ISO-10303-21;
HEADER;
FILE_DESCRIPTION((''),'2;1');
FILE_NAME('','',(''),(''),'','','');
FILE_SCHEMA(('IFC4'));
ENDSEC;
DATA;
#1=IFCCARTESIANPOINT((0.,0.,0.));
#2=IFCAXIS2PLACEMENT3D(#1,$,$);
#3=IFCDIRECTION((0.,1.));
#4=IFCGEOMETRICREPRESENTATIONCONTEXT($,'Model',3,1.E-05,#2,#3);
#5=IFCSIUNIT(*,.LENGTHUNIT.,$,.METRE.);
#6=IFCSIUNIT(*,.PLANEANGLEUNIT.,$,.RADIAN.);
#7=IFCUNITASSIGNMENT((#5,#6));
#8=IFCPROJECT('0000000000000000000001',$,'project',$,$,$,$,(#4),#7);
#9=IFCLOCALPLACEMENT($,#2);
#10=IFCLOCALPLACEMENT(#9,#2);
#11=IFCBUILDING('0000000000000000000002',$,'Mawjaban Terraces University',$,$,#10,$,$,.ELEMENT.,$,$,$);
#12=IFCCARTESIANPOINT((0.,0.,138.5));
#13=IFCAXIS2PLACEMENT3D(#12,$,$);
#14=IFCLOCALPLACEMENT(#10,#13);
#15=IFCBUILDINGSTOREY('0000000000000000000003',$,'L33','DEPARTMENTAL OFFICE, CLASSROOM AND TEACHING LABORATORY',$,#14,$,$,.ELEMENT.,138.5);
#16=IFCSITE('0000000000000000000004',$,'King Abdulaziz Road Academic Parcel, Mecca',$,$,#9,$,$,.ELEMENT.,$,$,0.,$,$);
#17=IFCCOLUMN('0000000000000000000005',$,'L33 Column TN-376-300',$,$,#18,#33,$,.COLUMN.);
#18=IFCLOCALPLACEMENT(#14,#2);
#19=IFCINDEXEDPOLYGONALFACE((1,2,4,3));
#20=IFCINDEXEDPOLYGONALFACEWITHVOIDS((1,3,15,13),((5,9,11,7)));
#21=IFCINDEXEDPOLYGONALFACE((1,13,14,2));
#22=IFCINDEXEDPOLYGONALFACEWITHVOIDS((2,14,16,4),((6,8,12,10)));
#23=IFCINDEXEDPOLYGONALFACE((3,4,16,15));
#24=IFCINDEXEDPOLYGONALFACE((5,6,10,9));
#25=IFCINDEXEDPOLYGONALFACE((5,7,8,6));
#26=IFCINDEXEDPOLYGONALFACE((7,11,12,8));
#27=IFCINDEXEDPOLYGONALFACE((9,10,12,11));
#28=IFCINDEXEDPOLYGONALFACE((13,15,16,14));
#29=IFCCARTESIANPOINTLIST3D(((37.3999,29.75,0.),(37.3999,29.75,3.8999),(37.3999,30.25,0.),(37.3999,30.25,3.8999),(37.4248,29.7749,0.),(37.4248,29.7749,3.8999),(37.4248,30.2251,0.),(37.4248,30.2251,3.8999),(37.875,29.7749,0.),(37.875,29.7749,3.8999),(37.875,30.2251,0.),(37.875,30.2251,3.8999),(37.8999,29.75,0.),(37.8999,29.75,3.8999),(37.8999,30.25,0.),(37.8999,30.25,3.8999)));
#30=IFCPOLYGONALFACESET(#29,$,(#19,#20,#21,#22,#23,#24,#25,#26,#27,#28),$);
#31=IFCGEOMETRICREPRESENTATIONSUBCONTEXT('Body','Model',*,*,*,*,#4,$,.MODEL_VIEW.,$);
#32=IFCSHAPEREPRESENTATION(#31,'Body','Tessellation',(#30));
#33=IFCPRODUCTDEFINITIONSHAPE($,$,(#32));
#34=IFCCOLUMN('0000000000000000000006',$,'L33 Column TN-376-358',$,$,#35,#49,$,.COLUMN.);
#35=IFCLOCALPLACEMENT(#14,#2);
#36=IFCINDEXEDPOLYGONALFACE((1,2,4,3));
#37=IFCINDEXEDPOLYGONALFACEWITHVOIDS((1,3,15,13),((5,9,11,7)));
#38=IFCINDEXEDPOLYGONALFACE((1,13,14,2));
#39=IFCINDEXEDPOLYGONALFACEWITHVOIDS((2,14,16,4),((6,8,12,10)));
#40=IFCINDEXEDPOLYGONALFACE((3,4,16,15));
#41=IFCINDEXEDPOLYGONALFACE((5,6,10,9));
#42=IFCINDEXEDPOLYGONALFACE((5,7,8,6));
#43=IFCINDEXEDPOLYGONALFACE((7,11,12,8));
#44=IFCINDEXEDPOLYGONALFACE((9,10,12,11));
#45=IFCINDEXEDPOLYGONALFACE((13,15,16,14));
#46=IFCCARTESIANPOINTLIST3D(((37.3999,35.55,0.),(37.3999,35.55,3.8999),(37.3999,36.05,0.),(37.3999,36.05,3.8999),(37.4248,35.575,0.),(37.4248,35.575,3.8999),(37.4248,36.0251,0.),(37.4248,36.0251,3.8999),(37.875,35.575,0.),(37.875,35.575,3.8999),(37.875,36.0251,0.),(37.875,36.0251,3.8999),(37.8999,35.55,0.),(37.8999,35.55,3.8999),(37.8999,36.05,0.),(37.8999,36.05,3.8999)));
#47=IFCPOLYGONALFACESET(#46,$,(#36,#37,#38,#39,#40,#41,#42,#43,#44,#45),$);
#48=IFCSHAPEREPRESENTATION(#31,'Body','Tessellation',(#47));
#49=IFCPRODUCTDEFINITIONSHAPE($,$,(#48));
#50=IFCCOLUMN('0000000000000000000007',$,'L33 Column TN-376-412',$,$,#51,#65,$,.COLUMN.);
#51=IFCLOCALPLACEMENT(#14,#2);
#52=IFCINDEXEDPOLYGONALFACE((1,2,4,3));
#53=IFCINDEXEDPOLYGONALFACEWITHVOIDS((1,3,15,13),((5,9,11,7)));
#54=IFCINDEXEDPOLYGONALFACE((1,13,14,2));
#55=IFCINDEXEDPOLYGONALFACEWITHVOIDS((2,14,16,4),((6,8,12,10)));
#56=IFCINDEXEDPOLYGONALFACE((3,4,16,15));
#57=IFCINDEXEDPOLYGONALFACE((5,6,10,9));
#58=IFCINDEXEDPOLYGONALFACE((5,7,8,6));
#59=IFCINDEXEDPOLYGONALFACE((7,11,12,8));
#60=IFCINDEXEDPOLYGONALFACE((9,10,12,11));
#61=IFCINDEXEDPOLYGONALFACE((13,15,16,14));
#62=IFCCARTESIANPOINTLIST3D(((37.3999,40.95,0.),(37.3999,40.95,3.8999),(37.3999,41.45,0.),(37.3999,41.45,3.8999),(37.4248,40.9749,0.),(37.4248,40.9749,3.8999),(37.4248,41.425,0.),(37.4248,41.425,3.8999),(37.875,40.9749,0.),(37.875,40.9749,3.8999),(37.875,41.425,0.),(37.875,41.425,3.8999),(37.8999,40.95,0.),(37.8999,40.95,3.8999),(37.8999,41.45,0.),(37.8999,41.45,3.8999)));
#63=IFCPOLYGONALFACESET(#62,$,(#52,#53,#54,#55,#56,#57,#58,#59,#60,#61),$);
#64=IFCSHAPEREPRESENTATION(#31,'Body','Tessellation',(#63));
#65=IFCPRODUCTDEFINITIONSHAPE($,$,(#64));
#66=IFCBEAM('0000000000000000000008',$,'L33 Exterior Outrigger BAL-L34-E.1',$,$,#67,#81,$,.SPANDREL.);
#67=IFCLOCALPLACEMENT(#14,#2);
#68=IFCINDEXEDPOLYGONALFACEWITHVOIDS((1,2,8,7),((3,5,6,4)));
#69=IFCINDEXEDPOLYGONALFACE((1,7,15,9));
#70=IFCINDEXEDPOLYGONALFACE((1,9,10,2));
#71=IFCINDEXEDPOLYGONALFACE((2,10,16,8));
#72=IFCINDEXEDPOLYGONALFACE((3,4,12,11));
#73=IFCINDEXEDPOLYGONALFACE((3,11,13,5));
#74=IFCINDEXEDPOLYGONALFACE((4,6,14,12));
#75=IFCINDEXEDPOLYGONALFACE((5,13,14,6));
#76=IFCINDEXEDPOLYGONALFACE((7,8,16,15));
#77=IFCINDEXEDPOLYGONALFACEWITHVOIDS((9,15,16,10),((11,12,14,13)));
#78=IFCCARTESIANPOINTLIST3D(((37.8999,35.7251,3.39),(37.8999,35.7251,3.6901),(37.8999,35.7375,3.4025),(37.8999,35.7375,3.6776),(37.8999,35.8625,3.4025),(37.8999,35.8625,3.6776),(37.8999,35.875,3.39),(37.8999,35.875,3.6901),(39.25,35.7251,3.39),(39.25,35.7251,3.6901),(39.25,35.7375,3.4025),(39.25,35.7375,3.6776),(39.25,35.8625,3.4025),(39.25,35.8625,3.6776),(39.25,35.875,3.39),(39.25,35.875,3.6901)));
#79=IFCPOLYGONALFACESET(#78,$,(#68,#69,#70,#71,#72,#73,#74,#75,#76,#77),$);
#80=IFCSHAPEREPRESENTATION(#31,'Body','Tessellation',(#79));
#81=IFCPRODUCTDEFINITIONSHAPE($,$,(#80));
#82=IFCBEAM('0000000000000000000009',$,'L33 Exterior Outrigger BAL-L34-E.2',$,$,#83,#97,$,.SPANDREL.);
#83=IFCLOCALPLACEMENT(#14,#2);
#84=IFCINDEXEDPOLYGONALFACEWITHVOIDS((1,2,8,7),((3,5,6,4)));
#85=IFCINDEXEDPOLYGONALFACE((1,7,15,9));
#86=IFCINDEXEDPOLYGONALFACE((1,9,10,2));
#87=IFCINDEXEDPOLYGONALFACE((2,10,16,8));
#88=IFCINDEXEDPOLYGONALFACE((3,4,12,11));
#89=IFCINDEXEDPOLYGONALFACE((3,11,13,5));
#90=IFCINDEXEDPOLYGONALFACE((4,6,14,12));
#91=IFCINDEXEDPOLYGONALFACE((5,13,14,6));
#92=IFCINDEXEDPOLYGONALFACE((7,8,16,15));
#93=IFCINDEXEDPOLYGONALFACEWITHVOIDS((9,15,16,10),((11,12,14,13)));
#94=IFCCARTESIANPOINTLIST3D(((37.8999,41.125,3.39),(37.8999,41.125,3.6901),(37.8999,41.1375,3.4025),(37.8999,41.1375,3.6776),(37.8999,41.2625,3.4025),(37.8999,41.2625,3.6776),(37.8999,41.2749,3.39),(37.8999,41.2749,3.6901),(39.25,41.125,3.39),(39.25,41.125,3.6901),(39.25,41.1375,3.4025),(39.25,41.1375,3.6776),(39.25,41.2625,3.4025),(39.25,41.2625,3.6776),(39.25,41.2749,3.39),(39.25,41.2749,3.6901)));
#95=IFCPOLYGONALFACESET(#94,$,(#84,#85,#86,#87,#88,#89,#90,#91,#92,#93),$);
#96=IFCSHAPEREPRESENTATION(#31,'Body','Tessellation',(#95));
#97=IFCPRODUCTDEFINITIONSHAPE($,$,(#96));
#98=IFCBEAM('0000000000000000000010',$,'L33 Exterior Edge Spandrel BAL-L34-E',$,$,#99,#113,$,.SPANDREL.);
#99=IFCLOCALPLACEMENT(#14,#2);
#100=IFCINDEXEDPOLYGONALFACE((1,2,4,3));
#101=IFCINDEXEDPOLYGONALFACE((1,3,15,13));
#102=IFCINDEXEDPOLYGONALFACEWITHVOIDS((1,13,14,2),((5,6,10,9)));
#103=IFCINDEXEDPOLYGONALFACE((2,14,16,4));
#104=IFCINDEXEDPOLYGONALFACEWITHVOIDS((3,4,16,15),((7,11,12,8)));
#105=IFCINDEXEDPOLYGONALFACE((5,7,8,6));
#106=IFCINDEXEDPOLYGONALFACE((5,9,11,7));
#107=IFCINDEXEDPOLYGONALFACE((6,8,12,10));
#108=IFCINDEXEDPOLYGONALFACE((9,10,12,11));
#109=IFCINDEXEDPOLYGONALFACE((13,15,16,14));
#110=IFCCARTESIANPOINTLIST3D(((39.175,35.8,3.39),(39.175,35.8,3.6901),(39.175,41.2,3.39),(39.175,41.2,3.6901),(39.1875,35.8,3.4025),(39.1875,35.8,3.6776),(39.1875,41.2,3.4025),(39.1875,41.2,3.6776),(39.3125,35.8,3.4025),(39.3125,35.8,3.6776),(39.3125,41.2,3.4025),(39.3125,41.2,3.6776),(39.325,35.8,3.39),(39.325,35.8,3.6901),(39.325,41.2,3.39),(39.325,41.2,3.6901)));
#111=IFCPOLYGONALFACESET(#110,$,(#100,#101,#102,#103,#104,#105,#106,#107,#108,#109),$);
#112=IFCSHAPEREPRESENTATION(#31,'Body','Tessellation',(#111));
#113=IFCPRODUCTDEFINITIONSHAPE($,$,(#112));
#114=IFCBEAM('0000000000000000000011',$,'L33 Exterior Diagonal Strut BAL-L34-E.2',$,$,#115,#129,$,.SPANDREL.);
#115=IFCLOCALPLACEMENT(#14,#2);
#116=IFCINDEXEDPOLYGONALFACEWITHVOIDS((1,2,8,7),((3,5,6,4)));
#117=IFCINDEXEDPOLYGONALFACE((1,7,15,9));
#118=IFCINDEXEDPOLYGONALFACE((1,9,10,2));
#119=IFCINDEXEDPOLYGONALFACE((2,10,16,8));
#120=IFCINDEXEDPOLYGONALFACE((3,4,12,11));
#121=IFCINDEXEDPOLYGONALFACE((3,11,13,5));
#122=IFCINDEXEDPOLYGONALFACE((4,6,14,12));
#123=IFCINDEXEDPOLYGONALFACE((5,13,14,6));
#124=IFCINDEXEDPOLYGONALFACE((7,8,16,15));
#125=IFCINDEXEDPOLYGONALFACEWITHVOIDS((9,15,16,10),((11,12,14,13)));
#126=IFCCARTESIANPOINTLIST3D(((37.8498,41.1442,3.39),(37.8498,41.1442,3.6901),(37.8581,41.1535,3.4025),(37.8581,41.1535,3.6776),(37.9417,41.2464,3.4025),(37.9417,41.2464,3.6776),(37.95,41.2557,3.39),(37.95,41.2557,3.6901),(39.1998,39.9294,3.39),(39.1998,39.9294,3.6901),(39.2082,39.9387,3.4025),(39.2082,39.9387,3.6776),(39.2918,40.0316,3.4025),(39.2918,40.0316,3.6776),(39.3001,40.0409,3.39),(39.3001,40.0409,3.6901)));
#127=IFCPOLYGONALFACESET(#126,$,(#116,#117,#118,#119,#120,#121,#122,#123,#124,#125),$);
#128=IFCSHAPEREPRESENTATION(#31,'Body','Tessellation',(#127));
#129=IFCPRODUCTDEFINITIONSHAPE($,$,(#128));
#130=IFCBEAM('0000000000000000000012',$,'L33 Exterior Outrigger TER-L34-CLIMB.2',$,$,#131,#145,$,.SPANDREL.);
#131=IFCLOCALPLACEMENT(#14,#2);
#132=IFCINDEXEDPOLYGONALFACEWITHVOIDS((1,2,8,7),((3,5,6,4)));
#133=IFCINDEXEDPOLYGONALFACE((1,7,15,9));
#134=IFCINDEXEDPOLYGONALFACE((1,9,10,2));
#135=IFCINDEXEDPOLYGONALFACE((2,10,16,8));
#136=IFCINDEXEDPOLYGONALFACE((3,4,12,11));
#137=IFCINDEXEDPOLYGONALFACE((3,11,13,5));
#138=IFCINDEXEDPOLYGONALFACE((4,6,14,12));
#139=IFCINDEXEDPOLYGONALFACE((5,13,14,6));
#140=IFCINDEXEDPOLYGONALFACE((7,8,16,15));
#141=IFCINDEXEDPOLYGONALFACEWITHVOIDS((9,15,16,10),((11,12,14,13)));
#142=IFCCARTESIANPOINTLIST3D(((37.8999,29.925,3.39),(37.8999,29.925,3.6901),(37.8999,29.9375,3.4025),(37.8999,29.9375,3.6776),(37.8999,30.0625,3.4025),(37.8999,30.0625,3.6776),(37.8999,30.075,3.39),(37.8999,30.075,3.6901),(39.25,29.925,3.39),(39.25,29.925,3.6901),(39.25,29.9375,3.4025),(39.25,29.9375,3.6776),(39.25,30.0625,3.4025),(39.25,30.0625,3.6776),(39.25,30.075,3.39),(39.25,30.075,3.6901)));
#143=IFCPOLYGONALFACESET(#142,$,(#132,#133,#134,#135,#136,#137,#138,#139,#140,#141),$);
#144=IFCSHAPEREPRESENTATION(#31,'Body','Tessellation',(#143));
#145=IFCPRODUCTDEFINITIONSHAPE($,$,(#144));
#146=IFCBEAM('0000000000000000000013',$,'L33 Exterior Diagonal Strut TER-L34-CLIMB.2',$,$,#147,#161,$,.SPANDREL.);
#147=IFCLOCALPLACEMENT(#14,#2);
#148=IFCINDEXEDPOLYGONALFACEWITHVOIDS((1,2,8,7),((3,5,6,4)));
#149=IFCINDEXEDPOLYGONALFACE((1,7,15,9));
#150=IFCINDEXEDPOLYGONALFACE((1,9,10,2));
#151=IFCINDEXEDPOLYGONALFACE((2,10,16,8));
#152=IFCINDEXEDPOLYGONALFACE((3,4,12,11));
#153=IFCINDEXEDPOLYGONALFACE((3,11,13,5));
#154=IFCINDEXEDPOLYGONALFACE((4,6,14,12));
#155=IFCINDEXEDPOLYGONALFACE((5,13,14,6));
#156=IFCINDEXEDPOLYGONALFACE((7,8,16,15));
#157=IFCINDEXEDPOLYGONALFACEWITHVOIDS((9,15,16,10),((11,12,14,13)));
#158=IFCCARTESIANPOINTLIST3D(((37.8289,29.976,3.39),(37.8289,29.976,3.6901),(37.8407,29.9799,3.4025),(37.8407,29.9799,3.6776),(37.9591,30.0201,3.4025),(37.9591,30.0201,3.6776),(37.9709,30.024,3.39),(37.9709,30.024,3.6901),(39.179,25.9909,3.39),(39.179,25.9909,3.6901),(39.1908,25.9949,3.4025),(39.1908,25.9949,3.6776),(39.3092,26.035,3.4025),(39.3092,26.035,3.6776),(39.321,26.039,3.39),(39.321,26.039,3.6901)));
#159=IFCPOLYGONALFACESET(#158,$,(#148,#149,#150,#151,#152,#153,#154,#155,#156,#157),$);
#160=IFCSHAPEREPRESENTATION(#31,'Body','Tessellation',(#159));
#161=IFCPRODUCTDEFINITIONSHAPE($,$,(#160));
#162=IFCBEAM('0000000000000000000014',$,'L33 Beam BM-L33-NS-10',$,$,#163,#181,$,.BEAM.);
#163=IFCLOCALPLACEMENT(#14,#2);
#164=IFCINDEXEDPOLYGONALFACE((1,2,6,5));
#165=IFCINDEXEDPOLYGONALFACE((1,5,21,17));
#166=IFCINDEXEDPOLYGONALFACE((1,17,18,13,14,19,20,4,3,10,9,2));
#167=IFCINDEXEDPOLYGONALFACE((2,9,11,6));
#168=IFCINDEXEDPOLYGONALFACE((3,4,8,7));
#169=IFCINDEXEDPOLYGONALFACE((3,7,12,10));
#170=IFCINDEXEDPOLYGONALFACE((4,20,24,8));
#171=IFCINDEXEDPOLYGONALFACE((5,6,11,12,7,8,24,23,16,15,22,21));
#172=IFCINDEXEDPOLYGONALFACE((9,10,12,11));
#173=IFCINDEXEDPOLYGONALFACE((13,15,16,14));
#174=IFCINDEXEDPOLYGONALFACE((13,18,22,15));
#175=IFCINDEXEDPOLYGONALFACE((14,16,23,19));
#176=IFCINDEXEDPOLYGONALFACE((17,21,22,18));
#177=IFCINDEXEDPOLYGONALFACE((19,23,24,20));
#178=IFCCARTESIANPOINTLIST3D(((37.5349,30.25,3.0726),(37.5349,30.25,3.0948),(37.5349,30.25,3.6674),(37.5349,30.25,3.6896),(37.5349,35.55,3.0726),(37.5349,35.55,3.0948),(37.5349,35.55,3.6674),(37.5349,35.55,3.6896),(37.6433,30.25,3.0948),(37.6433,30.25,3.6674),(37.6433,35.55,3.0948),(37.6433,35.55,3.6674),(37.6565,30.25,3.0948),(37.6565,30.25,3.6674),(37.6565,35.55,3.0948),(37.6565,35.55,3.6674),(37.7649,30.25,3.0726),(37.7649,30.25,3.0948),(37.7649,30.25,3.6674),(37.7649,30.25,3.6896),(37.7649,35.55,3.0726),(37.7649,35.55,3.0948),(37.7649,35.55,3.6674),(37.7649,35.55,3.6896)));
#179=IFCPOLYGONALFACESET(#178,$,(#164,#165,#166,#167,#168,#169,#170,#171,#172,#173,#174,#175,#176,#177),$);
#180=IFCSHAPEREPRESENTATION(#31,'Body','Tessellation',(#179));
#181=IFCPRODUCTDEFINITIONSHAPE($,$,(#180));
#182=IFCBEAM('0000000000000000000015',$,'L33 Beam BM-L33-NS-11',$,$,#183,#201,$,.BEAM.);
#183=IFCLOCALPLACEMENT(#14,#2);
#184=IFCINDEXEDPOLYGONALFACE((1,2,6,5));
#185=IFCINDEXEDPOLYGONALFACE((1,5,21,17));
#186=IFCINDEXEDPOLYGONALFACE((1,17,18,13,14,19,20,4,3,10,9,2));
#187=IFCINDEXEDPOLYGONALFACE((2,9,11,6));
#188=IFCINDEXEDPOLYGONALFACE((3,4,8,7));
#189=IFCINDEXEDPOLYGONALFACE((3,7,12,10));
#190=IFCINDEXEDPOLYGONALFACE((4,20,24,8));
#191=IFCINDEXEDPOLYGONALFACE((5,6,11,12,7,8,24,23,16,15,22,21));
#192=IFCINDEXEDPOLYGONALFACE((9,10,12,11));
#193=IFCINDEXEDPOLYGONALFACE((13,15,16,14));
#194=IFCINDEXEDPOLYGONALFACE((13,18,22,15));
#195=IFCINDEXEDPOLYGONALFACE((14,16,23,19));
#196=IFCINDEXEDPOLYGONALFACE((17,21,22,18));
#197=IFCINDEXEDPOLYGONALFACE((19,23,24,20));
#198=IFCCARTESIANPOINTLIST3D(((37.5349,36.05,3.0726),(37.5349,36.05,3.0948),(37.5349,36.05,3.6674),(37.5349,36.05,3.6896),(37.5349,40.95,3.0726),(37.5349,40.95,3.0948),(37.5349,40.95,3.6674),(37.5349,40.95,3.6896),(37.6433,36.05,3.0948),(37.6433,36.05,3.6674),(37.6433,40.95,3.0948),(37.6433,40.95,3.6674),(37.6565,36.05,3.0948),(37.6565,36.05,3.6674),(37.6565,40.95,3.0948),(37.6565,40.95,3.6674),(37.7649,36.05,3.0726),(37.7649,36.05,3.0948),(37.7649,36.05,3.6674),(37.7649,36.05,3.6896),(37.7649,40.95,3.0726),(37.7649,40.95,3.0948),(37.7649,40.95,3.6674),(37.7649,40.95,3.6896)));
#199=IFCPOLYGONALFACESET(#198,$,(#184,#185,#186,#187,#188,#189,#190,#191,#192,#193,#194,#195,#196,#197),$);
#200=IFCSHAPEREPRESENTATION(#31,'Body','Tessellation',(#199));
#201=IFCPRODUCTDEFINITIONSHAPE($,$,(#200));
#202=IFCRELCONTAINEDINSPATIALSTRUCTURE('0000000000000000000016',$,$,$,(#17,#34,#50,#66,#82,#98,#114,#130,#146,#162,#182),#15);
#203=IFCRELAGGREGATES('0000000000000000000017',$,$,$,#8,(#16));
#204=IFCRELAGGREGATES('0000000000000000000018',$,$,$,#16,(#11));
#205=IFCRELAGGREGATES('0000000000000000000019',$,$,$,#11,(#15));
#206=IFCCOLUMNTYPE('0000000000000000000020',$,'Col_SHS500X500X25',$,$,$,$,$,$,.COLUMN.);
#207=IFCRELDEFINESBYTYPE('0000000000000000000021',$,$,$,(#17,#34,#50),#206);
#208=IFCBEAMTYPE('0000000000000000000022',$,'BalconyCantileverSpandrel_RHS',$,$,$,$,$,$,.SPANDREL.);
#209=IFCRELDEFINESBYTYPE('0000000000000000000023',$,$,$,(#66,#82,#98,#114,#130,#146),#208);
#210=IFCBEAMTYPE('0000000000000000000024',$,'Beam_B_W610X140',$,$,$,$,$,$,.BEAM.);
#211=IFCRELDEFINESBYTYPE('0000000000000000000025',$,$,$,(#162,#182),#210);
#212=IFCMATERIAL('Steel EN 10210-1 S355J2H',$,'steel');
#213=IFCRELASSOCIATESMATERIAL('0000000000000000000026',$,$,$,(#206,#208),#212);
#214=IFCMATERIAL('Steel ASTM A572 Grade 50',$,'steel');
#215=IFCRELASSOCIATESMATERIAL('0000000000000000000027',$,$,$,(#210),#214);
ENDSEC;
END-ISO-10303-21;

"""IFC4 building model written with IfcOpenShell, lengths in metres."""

from ifc_helpers import new_model, si_unit, direction, frame, origin, origin_2d, place, context, subcontext, project, spatial, hollow_rectangle, i_section, extrude, material, material_profile, profile_set, type_object, element, save


model = new_model("IFC4")

# Units and contexts
model_context = context("Model", 3, precision=1e-05, world=origin(), true_north=direction((0.0, 1.0)))
body_context = subcontext(model_context, "Body", "Model", "MODEL_VIEW")
ifc_project = project(units=[si_unit("LENGTHUNIT", "METRE"), si_unit("PLANEANGLEUNIT", "RADIAN")], contexts=[model_context])

# Site, building, storey
site_placement = place(None, origin())
site = spatial("IfcSite", under=ifc_project, at=site_placement, Name="King Abdulaziz Road Academic Parcel, Mecca", CompositionType="ELEMENT", RefElevation=0.0)
building_placement = place(site_placement, origin())
building = spatial("IfcBuilding", under=site, at=building_placement, Name="Mawjaban Terraces University", CompositionType="ELEMENT")
storey_placement = place(building_placement, frame((0.0, 0.0, 138.5)))
storey = spatial("IfcBuildingStorey", under=building, at=storey_placement, Name="L33", Description="DEPARTMENTAL OFFICE, CLASSROOM AND TEACHING LABORATORY", CompositionType="ELEMENT", Elevation=138.5)

# Columns
ifc_material_1 = material(Name="Steel EN 10210-1 S355J2H", Category="steel")
ifc_material_profile_1 = material_profile(ifc_material_1, hollow_rectangle(XDim=0.5, YDim=0.5, WallThickness=0.0249, at=origin_2d()), Name="SHS500X500X25")
ifc_profile_set_1 = profile_set([ifc_material_profile_1], Name="Steel EN 10210-1 S355J2H")
column_type = type_object("IfcColumnType", Name="Col_SHS500X500X25", PredefinedType="COLUMN", material=ifc_profile_set_1)
for number, where, z_axis, x_axis, name in (
    (1, (37.6499, 30.0, 0.0), (0.0, 0.0, 1.0), (1.0, 0.0, 0.0), "L33 Column TN-376-300"),
    (2, (37.6499, 35.8, 0.0), (0.0, 0.0, 1.0), (1.0, 0.0, 0.0), "L33 Column TN-376-358"),
    (3, (37.6499, 41.2, 0.0), (0.0, 0.0, 1.0), (1.0, 0.0, 0.0), "L33 Column TN-376-412"),
):
    element("IfcColumn", number, at=place(storey_placement, frame(where, z_axis=z_axis, x_axis=x_axis)), inside=storey, type_object=column_type, Name=name, PredefinedType="COLUMN", context=body_context, shape_type="SweptSolid", body=[
        extrude(hollow_rectangle(XDim=0.5, YDim=0.5, WallThickness=0.0249, at=origin_2d()), origin(), (0.0, 0.0, 1.0), 3.8999),
    ])

# Beams
ifc_material_profile_2 = material_profile(ifc_material_1, hollow_rectangle(XDim=0.1499, YDim=0.3, WallThickness=0.0125, at=origin_2d()), Name="RHS300X150X12.5")
ifc_profile_set_2 = profile_set([ifc_material_profile_2], Name="Steel EN 10210-1 S355J2H")
beam_type_1 = type_object("IfcBeamType", Name="BalconyCantileverSpandrel_RHS", PredefinedType="SPANDREL", material=ifc_profile_set_2)
for number, where, z_axis, x_axis, name in (
    (4, (37.8999, 35.8, 3.54), (1.0, 0.0, 0.0), (0.0, 1.0, 0.0), "L33 Exterior Outrigger BAL-L34-E.1"),
    (5, (37.8999, 41.2, 3.54), (1.0, 0.0, 0.0), (0.0, 1.0, 0.0), "L33 Exterior Outrigger BAL-L34-E.2"),
):
    element("IfcBeam", number, at=place(storey_placement, frame(where, z_axis=z_axis, x_axis=x_axis)), inside=storey, type_object=beam_type_1, Name=name, PredefinedType="SPANDREL", context=body_context, shape_type="SweptSolid", body=[
        extrude(hollow_rectangle(XDim=0.1499, YDim=0.3, WallThickness=0.0125, at=origin_2d()), origin(), (0.0, 0.0, 1.0), 1.3501),
    ])
beam_1_placement = place(storey_placement, frame((39.25, 35.8, 3.54), z_axis=(0.0, 1.0, 0.0), x_axis=(-1.0, 0.0, 0.0)))
element("IfcBeam", 6, at=beam_1_placement, inside=storey, type_object=beam_type_1, Name="L33 Exterior Edge Spandrel BAL-L34-E", PredefinedType="SPANDREL", context=body_context, shape_type="SweptSolid", body=[
    extrude(hollow_rectangle(XDim=0.1499, YDim=0.3, WallThickness=0.0125, at=origin_2d()), origin(), (0.0, 0.0, 1.0), 5.3999),
])
beam_2_placement = place(storey_placement, frame((37.8999, 41.2, 3.54), z_axis=(0.743361, -0.66889, 0.0), x_axis=(0.66889, 0.743361, 0.0)))
element("IfcBeam", 7, at=beam_2_placement, inside=storey, type_object=beam_type_1, Name="L33 Exterior Diagonal Strut BAL-L34-E.2", PredefinedType="SPANDREL", context=body_context, shape_type="SweptSolid", body=[
    extrude(hollow_rectangle(XDim=0.1499, YDim=0.3, WallThickness=0.0125, at=origin_2d()), origin(), (0.0, 0.0, 1.0), 1.8162),
])
beam_3_placement = place(storey_placement, frame((37.8999, 30.0, 3.54), z_axis=(1.0, 0.0, 0.0), x_axis=(0.0, 1.0, 0.0)))
element("IfcBeam", 8, at=beam_3_placement, inside=storey, type_object=beam_type_1, Name="L33 Exterior Outrigger TER-L34-CLIMB.2", PredefinedType="SPANDREL", context=body_context, shape_type="SweptSolid", body=[
    extrude(hollow_rectangle(XDim=0.1499, YDim=0.3, WallThickness=0.0125, at=origin_2d()), origin(), (0.0, 0.0, 1.0), 1.3501),
])
beam_4_placement = place(storey_placement, frame((37.8999, 30.0, 3.54), z_axis=(0.320872, -0.947123, 0.0), x_axis=(0.947123, 0.320872, 0.0)))
element("IfcBeam", 9, at=beam_4_placement, inside=storey, type_object=beam_type_1, Name="L33 Exterior Diagonal Strut TER-L34-CLIMB.2", PredefinedType="SPANDREL", context=body_context, shape_type="SweptSolid", body=[
    extrude(hollow_rectangle(XDim=0.1499, YDim=0.3, WallThickness=0.0125, at=origin_2d()), origin(), (0.0, 0.0, 1.0), 4.2075),
])
ifc_material_2 = material(Name="Steel ASTM A572 Grade 50", Category="steel")
ifc_material_profile_3 = material_profile(ifc_material_2, i_section(OverallWidth=0.23, OverallDepth=0.6169, WebThickness=0.0132, FlangeThickness=0.0222, at=origin_2d()), Name="W610X140")
ifc_profile_set_3 = profile_set([ifc_material_profile_3], Name="Steel ASTM A572 Grade 50")
beam_type_2 = type_object("IfcBeamType", Name="Beam_B_W610X140", PredefinedType="BEAM", material=ifc_profile_set_3)
beam_5_placement = place(storey_placement, frame((37.6499, 30.25, 3.3811), z_axis=(0.0, 1.0, 0.0), x_axis=(-1.0, 0.0, 0.0)))
element("IfcBeam", 10, at=beam_5_placement, inside=storey, type_object=beam_type_2, Name="L33 Beam BM-L33-NS-10", PredefinedType="BEAM", context=body_context, shape_type="SweptSolid", body=[
    extrude(i_section(OverallWidth=0.23, OverallDepth=0.6169, WebThickness=0.0132, FlangeThickness=0.0222, at=origin_2d()), origin(), (0.0, 0.0, 1.0), 5.3),
])
beam_6_placement = place(storey_placement, frame((37.6499, 36.05, 3.3811), z_axis=(0.0, 1.0, 0.0), x_axis=(-1.0, 0.0, 0.0)))
element("IfcBeam", 11, at=beam_6_placement, inside=storey, type_object=beam_type_2, Name="L33 Beam BM-L33-NS-11", PredefinedType="BEAM", context=body_context, shape_type="SweptSolid", body=[
    extrude(i_section(OverallWidth=0.23, OverallDepth=0.6169, WebThickness=0.0132, FlangeThickness=0.0222, at=origin_2d()), origin(), (0.0, 0.0, 1.0), 4.8999),
])

save(model, "model.ifc")
